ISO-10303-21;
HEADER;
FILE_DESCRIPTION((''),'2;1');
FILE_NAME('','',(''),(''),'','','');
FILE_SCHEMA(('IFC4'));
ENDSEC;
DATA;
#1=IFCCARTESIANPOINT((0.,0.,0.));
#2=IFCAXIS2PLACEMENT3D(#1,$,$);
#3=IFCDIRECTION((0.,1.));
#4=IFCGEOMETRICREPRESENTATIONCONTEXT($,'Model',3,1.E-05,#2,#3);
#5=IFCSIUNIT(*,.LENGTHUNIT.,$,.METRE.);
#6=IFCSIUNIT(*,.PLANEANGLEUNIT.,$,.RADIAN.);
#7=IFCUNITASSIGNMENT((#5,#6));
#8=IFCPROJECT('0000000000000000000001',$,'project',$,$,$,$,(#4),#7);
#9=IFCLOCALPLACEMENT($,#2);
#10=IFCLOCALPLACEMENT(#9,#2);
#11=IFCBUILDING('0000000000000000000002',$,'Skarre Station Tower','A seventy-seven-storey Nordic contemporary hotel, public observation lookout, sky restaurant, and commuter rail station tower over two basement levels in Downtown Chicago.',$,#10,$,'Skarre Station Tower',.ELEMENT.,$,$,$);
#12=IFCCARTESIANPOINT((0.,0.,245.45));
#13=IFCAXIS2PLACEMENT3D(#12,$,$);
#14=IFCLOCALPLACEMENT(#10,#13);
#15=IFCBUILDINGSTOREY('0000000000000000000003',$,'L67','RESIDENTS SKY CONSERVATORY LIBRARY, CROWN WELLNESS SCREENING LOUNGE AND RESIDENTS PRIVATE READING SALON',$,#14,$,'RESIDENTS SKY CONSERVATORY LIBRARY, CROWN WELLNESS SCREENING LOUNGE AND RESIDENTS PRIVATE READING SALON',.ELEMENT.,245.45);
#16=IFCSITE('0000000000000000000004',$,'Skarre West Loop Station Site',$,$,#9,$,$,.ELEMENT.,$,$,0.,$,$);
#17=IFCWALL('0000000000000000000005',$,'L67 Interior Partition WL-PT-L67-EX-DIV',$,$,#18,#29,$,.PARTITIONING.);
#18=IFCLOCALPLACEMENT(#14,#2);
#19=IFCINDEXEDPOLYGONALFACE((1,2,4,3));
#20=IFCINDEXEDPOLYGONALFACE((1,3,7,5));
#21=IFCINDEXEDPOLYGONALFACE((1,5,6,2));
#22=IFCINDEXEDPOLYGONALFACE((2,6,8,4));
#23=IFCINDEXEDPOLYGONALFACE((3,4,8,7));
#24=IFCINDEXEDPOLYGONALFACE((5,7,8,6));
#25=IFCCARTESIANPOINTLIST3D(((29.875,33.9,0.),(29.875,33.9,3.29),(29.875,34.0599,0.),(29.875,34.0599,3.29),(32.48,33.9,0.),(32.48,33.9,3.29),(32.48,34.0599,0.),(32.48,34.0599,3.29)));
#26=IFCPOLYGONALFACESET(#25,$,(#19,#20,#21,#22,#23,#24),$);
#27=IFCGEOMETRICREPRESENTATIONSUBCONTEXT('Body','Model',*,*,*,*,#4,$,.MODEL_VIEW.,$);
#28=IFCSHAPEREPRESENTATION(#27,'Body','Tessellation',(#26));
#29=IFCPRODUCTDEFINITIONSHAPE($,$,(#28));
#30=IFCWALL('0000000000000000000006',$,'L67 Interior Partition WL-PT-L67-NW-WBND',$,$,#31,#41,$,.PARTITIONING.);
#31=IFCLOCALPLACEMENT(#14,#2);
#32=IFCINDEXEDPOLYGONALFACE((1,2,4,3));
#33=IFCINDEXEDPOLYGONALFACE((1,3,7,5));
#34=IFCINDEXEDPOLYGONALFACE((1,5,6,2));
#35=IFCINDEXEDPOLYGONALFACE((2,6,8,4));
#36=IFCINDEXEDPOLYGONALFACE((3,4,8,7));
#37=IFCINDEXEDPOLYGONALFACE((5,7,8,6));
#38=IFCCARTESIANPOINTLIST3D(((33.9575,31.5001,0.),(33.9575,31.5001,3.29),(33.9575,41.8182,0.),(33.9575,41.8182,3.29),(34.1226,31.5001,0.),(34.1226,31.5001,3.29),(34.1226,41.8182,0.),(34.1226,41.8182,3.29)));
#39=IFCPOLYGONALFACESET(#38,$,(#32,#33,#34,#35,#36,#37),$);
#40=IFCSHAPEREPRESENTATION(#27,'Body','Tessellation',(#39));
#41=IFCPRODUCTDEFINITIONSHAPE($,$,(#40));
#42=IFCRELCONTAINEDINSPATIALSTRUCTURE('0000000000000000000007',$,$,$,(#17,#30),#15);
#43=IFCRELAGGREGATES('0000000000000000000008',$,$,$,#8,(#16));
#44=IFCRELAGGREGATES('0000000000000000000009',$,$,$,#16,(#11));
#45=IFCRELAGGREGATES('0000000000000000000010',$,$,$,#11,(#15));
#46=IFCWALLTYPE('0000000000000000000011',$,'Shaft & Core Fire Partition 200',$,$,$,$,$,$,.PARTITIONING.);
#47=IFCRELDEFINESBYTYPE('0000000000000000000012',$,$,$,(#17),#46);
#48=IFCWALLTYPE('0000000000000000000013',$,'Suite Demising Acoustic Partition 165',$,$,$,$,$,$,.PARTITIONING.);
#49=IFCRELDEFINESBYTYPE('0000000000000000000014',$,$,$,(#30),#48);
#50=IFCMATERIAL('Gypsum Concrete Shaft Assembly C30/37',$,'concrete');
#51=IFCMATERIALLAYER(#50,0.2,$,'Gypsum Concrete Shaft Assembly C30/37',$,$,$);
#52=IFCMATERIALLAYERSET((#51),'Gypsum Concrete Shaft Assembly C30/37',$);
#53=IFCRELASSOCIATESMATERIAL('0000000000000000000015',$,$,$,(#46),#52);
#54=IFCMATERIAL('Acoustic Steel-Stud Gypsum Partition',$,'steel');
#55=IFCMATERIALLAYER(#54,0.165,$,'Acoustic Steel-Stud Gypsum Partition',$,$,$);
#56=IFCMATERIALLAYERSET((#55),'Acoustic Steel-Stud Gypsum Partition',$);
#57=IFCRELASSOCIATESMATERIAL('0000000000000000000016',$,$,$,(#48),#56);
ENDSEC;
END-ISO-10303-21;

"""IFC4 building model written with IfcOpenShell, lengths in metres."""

from ifc_helpers import new_model, si_unit, direction, frame, frame_2d, origin, place, context, subcontext, project, spatial, rectangle, extrude, material, layer, layer_set, type_object, element, save


model = new_model("IFC4")

# Units and contexts
model_context = context("Model", 3, precision=1e-05, world=origin(), true_north=direction((0.0, 1.0)))
body_context = subcontext(model_context, "Body", "Model", "MODEL_VIEW")
ifc_project = project(units=[si_unit("LENGTHUNIT", "METRE"), si_unit("PLANEANGLEUNIT", "RADIAN")], contexts=[model_context])

# Site, building, storey
site_placement = place(None, origin())
site = spatial("IfcSite", under=ifc_project, at=site_placement, Name="Skarre West Loop Station Site", CompositionType="ELEMENT", RefElevation=0.0)
building_placement = place(site_placement, origin())
building = spatial("IfcBuilding", under=site, at=building_placement, Name="Skarre Station Tower", Description="A seventy-seven-storey Nordic contemporary hotel, public observation lookout, sky restaurant, and commuter rail station tower over two basement levels in Downtown Chicago.", LongName="Skarre Station Tower", CompositionType="ELEMENT")
storey_placement = place(building_placement, frame((0.0, 0.0, 245.45)))
storey = spatial("IfcBuildingStorey", under=building, at=storey_placement, Name="L67", Description="RESIDENTS SKY CONSERVATORY LIBRARY, CROWN WELLNESS SCREENING LOUNGE AND RESIDENTS PRIVATE READING SALON", LongName="RESIDENTS SKY CONSERVATORY LIBRARY, CROWN WELLNESS SCREENING LOUNGE AND RESIDENTS PRIVATE READING SALON", CompositionType="ELEMENT", Elevation=245.45)

# Shared definitions
ifc_material_1 = material(Name="Acoustic Steel-Stud Gypsum Partition", Category="steel")

# Walls
ifc_material_2 = material(Name="Gypsum Concrete Shaft Assembly C30/37", Category="concrete")
ifc_layer_1 = layer(ifc_material_2, 0.2, Name="Gypsum Concrete Shaft Assembly C30/37")
ifc_layer_set_1 = layer_set([ifc_layer_1], Name="Gypsum Concrete Shaft Assembly C30/37")
wall_type_1 = type_object("IfcWallType", Name="Shaft & Core Fire Partition 200", PredefinedType="PARTITIONING", material=ifc_layer_set_1)
wall_1_placement = place(storey_placement, frame((29.875, 33.98, 0.0), z_axis=(0.0, 0.0, 1.0), x_axis=(1.0, 0.0, 0.0)))
element("IfcWall", 1, at=wall_1_placement, inside=storey, type_object=wall_type_1, Name="L67 Interior Partition WL-PT-L67-EX-DIV", PredefinedType="PARTITIONING", context=body_context, shape_type="SweptSolid", body=[
    extrude(rectangle(XDim=2.605, YDim=0.1599, at=frame_2d((1.3025, 0.0))), origin(), (0.0, 0.0, 1.0), 3.29),
])
ifc_layer_2 = layer(ifc_material_1, 0.165, Name="Acoustic Steel-Stud Gypsum Partition")
ifc_layer_set_2 = layer_set([ifc_layer_2], Name="Acoustic Steel-Stud Gypsum Partition")
wall_type_2 = type_object("IfcWallType", Name="Suite Demising Acoustic Partition 165", PredefinedType="PARTITIONING", material=ifc_layer_set_2)
wall_2_placement = place(storey_placement, frame((34.04, 31.5, 0.0), z_axis=(0.0, 0.0, 1.0), x_axis=(0.0, 1.0, 0.0)))
element("IfcWall", 2, at=wall_2_placement, inside=storey, type_object=wall_type_2, Name="L67 Interior Partition WL-PT-L67-NW-WBND", PredefinedType="PARTITIONING", context=body_context, shape_type="SweptSolid", body=[
    extrude(rectangle(XDim=10.3181, YDim=0.165, at=frame_2d((5.1592, 0.0))), origin(), (0.0, 0.0, 1.0), 3.29),
])

save(model, "model.ifc")
